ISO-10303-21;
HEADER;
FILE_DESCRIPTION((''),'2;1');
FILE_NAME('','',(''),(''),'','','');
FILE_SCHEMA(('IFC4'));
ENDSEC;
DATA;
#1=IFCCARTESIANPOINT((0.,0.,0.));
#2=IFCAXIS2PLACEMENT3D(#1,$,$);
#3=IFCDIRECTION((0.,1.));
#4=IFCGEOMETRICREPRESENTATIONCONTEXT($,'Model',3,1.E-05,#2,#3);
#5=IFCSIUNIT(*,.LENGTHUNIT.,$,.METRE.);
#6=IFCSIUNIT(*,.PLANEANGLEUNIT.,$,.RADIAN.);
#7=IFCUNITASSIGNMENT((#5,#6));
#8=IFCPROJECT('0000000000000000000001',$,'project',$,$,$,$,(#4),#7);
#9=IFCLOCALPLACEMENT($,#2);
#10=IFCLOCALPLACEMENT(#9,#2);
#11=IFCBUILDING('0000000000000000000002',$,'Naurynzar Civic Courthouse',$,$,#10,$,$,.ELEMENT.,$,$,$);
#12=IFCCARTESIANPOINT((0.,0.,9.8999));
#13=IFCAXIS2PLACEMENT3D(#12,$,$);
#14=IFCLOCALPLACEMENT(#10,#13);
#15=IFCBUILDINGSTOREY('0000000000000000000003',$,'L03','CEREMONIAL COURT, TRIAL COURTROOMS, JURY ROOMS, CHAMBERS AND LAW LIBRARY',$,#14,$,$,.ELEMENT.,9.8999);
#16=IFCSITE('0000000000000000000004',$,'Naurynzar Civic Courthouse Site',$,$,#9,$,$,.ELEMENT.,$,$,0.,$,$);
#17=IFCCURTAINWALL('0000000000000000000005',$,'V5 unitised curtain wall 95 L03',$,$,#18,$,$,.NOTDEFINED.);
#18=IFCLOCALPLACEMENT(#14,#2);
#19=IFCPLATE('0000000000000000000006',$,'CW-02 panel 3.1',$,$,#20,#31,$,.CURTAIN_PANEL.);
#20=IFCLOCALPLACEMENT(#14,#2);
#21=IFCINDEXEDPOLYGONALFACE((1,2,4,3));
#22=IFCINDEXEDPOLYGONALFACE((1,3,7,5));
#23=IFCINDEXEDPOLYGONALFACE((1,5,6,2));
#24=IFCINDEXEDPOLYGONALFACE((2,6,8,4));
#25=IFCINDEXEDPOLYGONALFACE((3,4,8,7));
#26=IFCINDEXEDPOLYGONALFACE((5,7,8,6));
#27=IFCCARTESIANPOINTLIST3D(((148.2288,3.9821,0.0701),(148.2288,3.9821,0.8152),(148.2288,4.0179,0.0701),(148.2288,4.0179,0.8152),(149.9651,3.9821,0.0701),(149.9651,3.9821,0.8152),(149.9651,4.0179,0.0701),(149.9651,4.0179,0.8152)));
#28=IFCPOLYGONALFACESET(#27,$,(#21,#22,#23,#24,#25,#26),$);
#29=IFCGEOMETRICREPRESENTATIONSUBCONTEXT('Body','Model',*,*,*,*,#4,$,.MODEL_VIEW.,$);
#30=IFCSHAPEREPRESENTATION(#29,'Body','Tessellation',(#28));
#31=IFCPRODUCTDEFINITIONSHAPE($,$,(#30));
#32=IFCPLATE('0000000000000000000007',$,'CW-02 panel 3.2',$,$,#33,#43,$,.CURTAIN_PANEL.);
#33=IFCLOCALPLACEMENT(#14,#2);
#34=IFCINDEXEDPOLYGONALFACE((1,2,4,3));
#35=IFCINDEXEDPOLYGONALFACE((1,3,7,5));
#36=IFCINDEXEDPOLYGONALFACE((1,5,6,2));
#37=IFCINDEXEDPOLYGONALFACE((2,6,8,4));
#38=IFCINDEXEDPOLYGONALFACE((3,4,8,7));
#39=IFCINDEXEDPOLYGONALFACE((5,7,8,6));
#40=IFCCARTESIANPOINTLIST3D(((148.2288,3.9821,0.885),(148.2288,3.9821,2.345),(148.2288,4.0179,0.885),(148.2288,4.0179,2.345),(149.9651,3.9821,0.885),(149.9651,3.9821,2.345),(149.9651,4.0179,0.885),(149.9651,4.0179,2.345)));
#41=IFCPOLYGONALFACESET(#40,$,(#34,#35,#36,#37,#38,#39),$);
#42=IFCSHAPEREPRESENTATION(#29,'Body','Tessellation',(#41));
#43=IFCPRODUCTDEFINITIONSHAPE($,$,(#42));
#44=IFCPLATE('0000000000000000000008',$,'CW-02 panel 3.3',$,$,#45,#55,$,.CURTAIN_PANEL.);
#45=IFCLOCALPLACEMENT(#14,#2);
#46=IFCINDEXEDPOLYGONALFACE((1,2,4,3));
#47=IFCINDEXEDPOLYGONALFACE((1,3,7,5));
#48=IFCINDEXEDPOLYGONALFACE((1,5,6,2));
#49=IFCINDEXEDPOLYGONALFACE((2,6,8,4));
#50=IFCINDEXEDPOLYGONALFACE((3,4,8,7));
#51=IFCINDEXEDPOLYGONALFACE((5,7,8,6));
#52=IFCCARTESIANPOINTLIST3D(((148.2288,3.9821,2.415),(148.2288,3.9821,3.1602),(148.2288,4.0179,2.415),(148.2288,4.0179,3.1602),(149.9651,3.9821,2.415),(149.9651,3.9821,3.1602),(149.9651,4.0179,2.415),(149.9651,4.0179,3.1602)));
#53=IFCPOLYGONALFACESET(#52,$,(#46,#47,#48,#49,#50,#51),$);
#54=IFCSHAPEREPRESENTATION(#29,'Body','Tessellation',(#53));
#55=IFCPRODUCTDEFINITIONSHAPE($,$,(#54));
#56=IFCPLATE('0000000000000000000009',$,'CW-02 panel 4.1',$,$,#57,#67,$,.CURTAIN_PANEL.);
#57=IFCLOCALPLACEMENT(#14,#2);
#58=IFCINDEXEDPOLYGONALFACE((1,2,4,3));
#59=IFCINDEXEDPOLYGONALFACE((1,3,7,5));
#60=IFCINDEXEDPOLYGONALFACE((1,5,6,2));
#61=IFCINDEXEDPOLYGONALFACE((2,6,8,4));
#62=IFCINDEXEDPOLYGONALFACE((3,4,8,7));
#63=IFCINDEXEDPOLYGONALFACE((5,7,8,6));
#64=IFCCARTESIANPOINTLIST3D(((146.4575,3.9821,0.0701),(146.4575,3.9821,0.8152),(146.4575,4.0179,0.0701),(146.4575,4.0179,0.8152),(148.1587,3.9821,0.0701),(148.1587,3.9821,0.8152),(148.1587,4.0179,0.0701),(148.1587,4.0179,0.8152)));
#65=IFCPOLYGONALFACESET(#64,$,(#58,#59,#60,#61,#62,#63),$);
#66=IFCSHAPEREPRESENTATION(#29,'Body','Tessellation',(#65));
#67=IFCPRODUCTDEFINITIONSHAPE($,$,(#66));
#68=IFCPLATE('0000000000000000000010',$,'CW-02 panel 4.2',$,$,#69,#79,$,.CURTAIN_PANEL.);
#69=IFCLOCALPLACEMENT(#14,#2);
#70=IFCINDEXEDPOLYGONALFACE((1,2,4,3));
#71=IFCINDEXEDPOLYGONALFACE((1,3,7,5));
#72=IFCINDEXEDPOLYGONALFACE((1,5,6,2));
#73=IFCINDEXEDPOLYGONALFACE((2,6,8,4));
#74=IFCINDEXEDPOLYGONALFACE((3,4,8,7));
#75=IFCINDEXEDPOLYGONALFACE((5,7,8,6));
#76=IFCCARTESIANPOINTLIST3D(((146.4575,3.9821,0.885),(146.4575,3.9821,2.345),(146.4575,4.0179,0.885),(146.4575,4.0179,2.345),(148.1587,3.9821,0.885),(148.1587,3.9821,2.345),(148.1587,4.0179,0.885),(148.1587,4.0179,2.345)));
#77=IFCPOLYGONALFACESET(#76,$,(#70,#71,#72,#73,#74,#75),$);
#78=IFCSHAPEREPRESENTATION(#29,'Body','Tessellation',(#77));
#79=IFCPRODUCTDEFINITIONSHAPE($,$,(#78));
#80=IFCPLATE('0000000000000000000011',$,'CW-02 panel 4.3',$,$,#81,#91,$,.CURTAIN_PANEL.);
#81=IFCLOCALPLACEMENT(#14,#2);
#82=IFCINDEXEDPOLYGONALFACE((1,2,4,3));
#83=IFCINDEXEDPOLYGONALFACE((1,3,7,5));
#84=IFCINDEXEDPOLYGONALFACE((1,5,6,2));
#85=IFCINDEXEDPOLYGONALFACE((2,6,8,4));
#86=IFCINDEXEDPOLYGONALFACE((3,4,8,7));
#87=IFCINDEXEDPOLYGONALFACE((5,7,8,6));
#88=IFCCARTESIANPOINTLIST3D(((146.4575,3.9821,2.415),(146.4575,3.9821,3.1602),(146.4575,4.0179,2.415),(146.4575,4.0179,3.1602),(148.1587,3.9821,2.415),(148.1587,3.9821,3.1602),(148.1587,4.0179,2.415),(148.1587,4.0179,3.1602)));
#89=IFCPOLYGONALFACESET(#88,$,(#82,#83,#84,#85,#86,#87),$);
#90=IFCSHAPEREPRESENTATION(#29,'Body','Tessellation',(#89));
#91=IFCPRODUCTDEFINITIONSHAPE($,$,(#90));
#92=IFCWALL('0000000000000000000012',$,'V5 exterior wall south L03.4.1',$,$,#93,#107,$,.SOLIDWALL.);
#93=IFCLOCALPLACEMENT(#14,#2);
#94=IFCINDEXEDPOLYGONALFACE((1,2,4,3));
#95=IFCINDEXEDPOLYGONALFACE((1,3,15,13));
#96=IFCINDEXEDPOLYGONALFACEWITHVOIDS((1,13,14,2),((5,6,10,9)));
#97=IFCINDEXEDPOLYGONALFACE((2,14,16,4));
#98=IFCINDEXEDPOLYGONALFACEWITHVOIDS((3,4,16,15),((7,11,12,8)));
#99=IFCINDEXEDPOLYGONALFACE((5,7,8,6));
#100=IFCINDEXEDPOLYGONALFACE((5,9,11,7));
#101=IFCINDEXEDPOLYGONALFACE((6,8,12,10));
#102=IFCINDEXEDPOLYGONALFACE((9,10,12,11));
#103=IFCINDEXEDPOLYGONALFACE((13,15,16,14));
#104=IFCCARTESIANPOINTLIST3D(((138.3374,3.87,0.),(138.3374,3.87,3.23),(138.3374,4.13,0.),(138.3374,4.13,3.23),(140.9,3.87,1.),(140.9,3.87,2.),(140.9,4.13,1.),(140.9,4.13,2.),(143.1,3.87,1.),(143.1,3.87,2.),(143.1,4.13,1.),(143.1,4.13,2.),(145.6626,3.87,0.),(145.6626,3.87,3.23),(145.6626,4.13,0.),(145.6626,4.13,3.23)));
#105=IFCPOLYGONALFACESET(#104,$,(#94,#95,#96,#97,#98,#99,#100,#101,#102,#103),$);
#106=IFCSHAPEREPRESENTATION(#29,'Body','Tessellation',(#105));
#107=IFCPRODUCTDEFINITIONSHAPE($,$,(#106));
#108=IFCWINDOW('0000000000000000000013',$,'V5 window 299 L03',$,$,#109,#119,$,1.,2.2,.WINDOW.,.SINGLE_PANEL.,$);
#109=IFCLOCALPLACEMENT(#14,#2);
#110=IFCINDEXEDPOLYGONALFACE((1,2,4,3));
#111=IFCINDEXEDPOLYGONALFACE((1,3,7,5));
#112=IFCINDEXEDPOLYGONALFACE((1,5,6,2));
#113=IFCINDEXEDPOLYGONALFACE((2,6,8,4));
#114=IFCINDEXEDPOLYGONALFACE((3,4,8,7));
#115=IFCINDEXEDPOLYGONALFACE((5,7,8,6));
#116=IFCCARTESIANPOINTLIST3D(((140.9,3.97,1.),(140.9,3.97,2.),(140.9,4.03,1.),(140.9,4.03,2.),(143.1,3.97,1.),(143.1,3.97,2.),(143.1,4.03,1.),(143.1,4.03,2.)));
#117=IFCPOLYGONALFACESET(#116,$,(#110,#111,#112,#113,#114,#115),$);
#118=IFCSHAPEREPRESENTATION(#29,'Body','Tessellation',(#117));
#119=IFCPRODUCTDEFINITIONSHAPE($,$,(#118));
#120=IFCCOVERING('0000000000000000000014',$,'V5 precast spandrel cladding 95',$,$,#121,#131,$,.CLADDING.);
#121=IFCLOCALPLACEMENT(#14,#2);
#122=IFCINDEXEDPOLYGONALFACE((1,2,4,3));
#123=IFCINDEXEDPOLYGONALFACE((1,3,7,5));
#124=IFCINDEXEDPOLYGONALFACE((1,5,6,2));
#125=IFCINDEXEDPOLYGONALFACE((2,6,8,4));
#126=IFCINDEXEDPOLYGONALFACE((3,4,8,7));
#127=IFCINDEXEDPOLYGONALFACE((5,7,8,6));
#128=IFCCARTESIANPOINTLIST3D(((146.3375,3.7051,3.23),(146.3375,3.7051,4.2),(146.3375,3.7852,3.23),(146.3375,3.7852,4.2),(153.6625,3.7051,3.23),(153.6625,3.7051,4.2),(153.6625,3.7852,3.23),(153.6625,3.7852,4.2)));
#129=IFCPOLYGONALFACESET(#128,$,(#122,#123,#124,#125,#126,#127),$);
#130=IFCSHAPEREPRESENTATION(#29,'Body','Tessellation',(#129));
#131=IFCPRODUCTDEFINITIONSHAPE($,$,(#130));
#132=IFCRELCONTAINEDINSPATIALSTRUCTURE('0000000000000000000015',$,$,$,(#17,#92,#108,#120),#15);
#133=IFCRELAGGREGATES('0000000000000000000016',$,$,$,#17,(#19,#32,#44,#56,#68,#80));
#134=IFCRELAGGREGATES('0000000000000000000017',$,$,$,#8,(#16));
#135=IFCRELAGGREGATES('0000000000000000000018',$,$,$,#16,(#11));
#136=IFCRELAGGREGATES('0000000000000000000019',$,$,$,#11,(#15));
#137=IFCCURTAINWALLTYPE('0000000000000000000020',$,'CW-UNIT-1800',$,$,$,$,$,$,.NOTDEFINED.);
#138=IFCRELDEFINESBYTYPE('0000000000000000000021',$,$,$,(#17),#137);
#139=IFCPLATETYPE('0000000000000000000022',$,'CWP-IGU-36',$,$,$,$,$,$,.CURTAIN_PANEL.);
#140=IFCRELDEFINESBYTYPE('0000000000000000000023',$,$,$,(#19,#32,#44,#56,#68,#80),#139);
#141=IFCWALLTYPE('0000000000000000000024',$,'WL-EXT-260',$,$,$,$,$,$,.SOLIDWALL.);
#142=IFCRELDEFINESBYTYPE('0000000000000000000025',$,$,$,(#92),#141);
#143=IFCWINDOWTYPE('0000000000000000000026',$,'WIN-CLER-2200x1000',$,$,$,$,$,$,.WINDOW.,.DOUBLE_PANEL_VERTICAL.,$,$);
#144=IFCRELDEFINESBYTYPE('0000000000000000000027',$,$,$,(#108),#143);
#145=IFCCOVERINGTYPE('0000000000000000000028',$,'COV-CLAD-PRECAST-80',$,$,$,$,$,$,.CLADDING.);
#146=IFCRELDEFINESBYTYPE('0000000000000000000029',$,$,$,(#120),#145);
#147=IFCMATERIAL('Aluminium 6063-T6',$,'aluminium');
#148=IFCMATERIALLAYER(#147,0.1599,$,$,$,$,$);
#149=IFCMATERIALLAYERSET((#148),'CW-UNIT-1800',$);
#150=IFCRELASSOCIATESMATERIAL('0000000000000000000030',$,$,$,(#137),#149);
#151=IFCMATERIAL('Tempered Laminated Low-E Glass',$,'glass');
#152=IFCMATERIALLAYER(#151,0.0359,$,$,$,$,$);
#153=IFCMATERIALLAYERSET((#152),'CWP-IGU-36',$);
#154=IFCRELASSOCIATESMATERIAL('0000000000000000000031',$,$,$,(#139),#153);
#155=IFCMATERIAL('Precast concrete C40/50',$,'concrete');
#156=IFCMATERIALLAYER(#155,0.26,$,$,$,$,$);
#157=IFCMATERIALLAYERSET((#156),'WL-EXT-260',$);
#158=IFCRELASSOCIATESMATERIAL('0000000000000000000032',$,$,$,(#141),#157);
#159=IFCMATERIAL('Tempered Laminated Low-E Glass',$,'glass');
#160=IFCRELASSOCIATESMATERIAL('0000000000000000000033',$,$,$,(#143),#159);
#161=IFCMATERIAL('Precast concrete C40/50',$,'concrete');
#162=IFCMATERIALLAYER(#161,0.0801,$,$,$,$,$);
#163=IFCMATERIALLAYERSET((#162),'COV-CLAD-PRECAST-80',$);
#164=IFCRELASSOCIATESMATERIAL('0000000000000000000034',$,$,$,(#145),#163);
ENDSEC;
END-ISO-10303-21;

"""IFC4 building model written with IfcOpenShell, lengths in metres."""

from ifc_helpers import new_model, si_unit, direction, frame, frame_2d, origin, origin_2d, place, context, subcontext, project, spatial, rectangle, extrude, material, layer, layer_set, type_object, element, fill, aggregate, save


model = new_model("IFC4")

# Units and contexts
model_context = context("Model", 3, precision=1e-05, world=origin(), true_north=direction((0.0, 1.0)))
body_context = subcontext(model_context, "Body", "Model", "MODEL_VIEW")
ifc_project = project(units=[si_unit("LENGTHUNIT", "METRE"), si_unit("PLANEANGLEUNIT", "RADIAN")], contexts=[model_context])

# Site, building, storey
site_placement = place(None, origin())
site = spatial("IfcSite", under=ifc_project, at=site_placement, Name="Naurynzar Civic Courthouse Site", CompositionType="ELEMENT", RefElevation=0.0)
building_placement = place(site_placement, origin())
building = spatial("IfcBuilding", under=site, at=building_placement, Name="Naurynzar Civic Courthouse", CompositionType="ELEMENT")
storey_placement = place(building_placement, frame((0.0, 0.0, 9.8999)))
storey = spatial("IfcBuildingStorey", under=building, at=storey_placement, Name="L03", Description="CEREMONIAL COURT, TRIAL COURTROOMS, JURY ROOMS, CHAMBERS AND LAW LIBRARY", CompositionType="ELEMENT", Elevation=9.8999)

# Curtain wall, plates
ifc_material_1 = material(Name="Aluminium 6063-T6", Category="aluminium")
ifc_layer_1 = layer(ifc_material_1, 0.1599)
ifc_layer_set_1 = layer_set([ifc_layer_1], Name="CW-UNIT-1800")
curtain_wall_type = type_object("IfcCurtainWallType", Name="CW-UNIT-1800", PredefinedType="NOTDEFINED", material=ifc_layer_set_1)
curtain_wall_placement = place(storey_placement, origin())
curtain_wall = element("IfcCurtainWall", 1, at=curtain_wall_placement, inside=storey, type_object=curtain_wall_type, Name="V5 unitised curtain wall 95 L03", PredefinedType="NOTDEFINED")
ifc_material_2 = material(Name="Tempered Laminated Low-E Glass", Category="glass")
ifc_layer_2 = layer(ifc_material_2, 0.0359)
ifc_layer_set_2 = layer_set([ifc_layer_2], Name="CWP-IGU-36")
plate_type = type_object("IfcPlateType", Name="CWP-IGU-36", PredefinedType="CURTAIN_PANEL", material=ifc_layer_set_2)
plate_1_placement = place(storey_placement, frame((149.0969, 4.0, 0.0701), z_axis=(0.0, 0.0, 1.0), x_axis=(-1.0, 0.0, 0.0)))
plate_1 = element("IfcPlate", 2, at=plate_1_placement, type_object=plate_type, Name="CW-02 panel 3.1", PredefinedType="CURTAIN_PANEL", context=body_context, shape_type="SweptSolid", body=[
    extrude(rectangle(XDim=1.7363, YDim=0.0359, at=origin_2d()), origin(), (0.0, 0.0, 1.0), 0.7451),
])
plate_2_placement = place(storey_placement, frame((149.0969, 4.0, 0.885), z_axis=(0.0, 0.0, 1.0), x_axis=(-1.0, 0.0, 0.0)))
plate_2 = element("IfcPlate", 3, at=plate_2_placement, type_object=plate_type, Name="CW-02 panel 3.2", PredefinedType="CURTAIN_PANEL", context=body_context, shape_type="SweptSolid", body=[
    extrude(rectangle(XDim=1.7363, YDim=0.0359, at=origin_2d()), origin(), (0.0, 0.0, 1.0), 1.46),
])
plate_3_placement = place(storey_placement, frame((149.0969, 4.0, 2.415), z_axis=(0.0, 0.0, 1.0), x_axis=(-1.0, 0.0, 0.0)))
plate_3 = element("IfcPlate", 4, at=plate_3_placement, type_object=plate_type, Name="CW-02 panel 3.3", PredefinedType="CURTAIN_PANEL", context=body_context, shape_type="SweptSolid", body=[
    extrude(rectangle(XDim=1.7363, YDim=0.0359, at=origin_2d()), origin(), (0.0, 0.0, 1.0), 0.7451),
])
plate_4_placement = place(storey_placement, frame((147.3081, 4.0, 0.0701), z_axis=(0.0, 0.0, 1.0), x_axis=(-1.0, 0.0, 0.0)))
plate_4 = element("IfcPlate", 5, at=plate_4_placement, type_object=plate_type, Name="CW-02 panel 4.1", PredefinedType="CURTAIN_PANEL", context=body_context, shape_type="SweptSolid", body=[
    extrude(rectangle(XDim=1.7012, YDim=0.0359, at=origin_2d()), origin(), (0.0, 0.0, 1.0), 0.7451),
])
plate_5_placement = place(storey_placement, frame((147.3081, 4.0, 0.885), z_axis=(0.0, 0.0, 1.0), x_axis=(-1.0, 0.0, 0.0)))
plate_5 = element("IfcPlate", 6, at=plate_5_placement, type_object=plate_type, Name="CW-02 panel 4.2", PredefinedType="CURTAIN_PANEL", context=body_context, shape_type="SweptSolid", body=[
    extrude(rectangle(XDim=1.7012, YDim=0.0359, at=origin_2d()), origin(), (0.0, 0.0, 1.0), 1.46),
])
plate_6_placement = place(storey_placement, frame((147.3081, 4.0, 2.415), z_axis=(0.0, 0.0, 1.0), x_axis=(-1.0, 0.0, 0.0)))
plate_6 = element("IfcPlate", 7, at=plate_6_placement, type_object=plate_type, Name="CW-02 panel 4.3", PredefinedType="CURTAIN_PANEL", context=body_context, shape_type="SweptSolid", body=[
    extrude(rectangle(XDim=1.7012, YDim=0.0359, at=origin_2d()), origin(), (0.0, 0.0, 1.0), 0.7451),
])
aggregate(curtain_wall, [plate_1, plate_2, plate_3, plate_4, plate_5, plate_6])

# Wall, opening, window
ifc_material_3 = material(Name="Precast concrete C40/50", Category="concrete")
ifc_layer_3 = layer(ifc_material_3, 0.26)
ifc_layer_set_3 = layer_set([ifc_layer_3], Name="WL-EXT-260")
wall_type = type_object("IfcWallType", Name="WL-EXT-260", PredefinedType="SOLIDWALL", material=ifc_layer_set_3)
wall_placement = place(storey_placement, frame((145.6626, 4.0, 0.0), z_axis=(0.0, 0.0, 1.0), x_axis=(-1.0, 0.0, 0.0)))
wall = element("IfcWall", 8, at=wall_placement, inside=storey, type_object=wall_type, Name="V5 exterior wall south L03.4.1", PredefinedType="SOLIDWALL", context=body_context, shape_type="SweptSolid", body=[
    extrude(rectangle(XDim=7.3252, YDim=0.26, at=frame_2d((3.6626, 0.0))), origin(), (0.0, 0.0, 1.0), 3.23),
])
opening_placement = place(wall_placement, frame((2.5625, 0.0, 1.0)))
opening = element("IfcOpeningElement", 9, at=opening_placement, cuts=wall, PredefinedType="OPENING", context=body_context, shape_type="SweptSolid", body=[
    extrude(rectangle(XDim=2.2, YDim=1.0, at=frame_2d((1.1001, 0.5))), frame((0.0, 0.1399, 0.0), z_axis=(0.0, -1.0, 0.0), x_axis=(1.0, 0.0, 0.0)), (0.0, 0.0, 1.0), 0.28),
])
ifc_material_4 = material(Name="Tempered Laminated Low-E Glass", Category="glass")
window_type = type_object("IfcWindowType", Name="WIN-CLER-2200x1000", PartitioningType="DOUBLE_PANEL_VERTICAL", PredefinedType="WINDOW", material=ifc_material_4)
window_placement = place(opening_placement, origin())
window = element("IfcWindow", 10, at=window_placement, inside=storey, type_object=window_type, Name="V5 window 299 L03", OverallHeight=1.0, OverallWidth=2.2, PartitioningType="SINGLE_PANEL", PredefinedType="WINDOW", context=body_context, shape_type="SweptSolid", body=[
    extrude(rectangle(XDim=2.2, YDim=1.0, at=frame_2d((1.1001, 0.5))), frame((0.0, 0.03, 0.0), z_axis=(0.0, -1.0, 0.0), x_axis=(1.0, 0.0, 0.0)), (0.0, 0.0, 1.0), 0.0601),
])
fill(opening, window)

# Covering
ifc_material_5 = material(Name="Precast concrete C40/50", Category="concrete")
ifc_layer_4 = layer(ifc_material_5, 0.0801)
ifc_layer_set_4 = layer_set([ifc_layer_4], Name="COV-CLAD-PRECAST-80")
covering_type = type_object("IfcCoveringType", Name="COV-CLAD-PRECAST-80", PredefinedType="CLADDING", material=ifc_layer_set_4)
covering_placement = place(storey_placement, frame((150.0, 3.7451, 3.23), z_axis=(0.0, 0.0, 1.0), x_axis=(-1.0, 0.0, 0.0)))
element("IfcCovering", 11, at=covering_placement, inside=storey, type_object=covering_type, Name="V5 precast spandrel cladding 95", PredefinedType="CLADDING", context=body_context, shape_type="SweptSolid", body=[
    extrude(rectangle(XDim=7.325, YDim=0.0801, at=origin_2d()), origin(), (0.0, 0.0, 1.0), 0.97),
])

save(model, "model.ifc")
